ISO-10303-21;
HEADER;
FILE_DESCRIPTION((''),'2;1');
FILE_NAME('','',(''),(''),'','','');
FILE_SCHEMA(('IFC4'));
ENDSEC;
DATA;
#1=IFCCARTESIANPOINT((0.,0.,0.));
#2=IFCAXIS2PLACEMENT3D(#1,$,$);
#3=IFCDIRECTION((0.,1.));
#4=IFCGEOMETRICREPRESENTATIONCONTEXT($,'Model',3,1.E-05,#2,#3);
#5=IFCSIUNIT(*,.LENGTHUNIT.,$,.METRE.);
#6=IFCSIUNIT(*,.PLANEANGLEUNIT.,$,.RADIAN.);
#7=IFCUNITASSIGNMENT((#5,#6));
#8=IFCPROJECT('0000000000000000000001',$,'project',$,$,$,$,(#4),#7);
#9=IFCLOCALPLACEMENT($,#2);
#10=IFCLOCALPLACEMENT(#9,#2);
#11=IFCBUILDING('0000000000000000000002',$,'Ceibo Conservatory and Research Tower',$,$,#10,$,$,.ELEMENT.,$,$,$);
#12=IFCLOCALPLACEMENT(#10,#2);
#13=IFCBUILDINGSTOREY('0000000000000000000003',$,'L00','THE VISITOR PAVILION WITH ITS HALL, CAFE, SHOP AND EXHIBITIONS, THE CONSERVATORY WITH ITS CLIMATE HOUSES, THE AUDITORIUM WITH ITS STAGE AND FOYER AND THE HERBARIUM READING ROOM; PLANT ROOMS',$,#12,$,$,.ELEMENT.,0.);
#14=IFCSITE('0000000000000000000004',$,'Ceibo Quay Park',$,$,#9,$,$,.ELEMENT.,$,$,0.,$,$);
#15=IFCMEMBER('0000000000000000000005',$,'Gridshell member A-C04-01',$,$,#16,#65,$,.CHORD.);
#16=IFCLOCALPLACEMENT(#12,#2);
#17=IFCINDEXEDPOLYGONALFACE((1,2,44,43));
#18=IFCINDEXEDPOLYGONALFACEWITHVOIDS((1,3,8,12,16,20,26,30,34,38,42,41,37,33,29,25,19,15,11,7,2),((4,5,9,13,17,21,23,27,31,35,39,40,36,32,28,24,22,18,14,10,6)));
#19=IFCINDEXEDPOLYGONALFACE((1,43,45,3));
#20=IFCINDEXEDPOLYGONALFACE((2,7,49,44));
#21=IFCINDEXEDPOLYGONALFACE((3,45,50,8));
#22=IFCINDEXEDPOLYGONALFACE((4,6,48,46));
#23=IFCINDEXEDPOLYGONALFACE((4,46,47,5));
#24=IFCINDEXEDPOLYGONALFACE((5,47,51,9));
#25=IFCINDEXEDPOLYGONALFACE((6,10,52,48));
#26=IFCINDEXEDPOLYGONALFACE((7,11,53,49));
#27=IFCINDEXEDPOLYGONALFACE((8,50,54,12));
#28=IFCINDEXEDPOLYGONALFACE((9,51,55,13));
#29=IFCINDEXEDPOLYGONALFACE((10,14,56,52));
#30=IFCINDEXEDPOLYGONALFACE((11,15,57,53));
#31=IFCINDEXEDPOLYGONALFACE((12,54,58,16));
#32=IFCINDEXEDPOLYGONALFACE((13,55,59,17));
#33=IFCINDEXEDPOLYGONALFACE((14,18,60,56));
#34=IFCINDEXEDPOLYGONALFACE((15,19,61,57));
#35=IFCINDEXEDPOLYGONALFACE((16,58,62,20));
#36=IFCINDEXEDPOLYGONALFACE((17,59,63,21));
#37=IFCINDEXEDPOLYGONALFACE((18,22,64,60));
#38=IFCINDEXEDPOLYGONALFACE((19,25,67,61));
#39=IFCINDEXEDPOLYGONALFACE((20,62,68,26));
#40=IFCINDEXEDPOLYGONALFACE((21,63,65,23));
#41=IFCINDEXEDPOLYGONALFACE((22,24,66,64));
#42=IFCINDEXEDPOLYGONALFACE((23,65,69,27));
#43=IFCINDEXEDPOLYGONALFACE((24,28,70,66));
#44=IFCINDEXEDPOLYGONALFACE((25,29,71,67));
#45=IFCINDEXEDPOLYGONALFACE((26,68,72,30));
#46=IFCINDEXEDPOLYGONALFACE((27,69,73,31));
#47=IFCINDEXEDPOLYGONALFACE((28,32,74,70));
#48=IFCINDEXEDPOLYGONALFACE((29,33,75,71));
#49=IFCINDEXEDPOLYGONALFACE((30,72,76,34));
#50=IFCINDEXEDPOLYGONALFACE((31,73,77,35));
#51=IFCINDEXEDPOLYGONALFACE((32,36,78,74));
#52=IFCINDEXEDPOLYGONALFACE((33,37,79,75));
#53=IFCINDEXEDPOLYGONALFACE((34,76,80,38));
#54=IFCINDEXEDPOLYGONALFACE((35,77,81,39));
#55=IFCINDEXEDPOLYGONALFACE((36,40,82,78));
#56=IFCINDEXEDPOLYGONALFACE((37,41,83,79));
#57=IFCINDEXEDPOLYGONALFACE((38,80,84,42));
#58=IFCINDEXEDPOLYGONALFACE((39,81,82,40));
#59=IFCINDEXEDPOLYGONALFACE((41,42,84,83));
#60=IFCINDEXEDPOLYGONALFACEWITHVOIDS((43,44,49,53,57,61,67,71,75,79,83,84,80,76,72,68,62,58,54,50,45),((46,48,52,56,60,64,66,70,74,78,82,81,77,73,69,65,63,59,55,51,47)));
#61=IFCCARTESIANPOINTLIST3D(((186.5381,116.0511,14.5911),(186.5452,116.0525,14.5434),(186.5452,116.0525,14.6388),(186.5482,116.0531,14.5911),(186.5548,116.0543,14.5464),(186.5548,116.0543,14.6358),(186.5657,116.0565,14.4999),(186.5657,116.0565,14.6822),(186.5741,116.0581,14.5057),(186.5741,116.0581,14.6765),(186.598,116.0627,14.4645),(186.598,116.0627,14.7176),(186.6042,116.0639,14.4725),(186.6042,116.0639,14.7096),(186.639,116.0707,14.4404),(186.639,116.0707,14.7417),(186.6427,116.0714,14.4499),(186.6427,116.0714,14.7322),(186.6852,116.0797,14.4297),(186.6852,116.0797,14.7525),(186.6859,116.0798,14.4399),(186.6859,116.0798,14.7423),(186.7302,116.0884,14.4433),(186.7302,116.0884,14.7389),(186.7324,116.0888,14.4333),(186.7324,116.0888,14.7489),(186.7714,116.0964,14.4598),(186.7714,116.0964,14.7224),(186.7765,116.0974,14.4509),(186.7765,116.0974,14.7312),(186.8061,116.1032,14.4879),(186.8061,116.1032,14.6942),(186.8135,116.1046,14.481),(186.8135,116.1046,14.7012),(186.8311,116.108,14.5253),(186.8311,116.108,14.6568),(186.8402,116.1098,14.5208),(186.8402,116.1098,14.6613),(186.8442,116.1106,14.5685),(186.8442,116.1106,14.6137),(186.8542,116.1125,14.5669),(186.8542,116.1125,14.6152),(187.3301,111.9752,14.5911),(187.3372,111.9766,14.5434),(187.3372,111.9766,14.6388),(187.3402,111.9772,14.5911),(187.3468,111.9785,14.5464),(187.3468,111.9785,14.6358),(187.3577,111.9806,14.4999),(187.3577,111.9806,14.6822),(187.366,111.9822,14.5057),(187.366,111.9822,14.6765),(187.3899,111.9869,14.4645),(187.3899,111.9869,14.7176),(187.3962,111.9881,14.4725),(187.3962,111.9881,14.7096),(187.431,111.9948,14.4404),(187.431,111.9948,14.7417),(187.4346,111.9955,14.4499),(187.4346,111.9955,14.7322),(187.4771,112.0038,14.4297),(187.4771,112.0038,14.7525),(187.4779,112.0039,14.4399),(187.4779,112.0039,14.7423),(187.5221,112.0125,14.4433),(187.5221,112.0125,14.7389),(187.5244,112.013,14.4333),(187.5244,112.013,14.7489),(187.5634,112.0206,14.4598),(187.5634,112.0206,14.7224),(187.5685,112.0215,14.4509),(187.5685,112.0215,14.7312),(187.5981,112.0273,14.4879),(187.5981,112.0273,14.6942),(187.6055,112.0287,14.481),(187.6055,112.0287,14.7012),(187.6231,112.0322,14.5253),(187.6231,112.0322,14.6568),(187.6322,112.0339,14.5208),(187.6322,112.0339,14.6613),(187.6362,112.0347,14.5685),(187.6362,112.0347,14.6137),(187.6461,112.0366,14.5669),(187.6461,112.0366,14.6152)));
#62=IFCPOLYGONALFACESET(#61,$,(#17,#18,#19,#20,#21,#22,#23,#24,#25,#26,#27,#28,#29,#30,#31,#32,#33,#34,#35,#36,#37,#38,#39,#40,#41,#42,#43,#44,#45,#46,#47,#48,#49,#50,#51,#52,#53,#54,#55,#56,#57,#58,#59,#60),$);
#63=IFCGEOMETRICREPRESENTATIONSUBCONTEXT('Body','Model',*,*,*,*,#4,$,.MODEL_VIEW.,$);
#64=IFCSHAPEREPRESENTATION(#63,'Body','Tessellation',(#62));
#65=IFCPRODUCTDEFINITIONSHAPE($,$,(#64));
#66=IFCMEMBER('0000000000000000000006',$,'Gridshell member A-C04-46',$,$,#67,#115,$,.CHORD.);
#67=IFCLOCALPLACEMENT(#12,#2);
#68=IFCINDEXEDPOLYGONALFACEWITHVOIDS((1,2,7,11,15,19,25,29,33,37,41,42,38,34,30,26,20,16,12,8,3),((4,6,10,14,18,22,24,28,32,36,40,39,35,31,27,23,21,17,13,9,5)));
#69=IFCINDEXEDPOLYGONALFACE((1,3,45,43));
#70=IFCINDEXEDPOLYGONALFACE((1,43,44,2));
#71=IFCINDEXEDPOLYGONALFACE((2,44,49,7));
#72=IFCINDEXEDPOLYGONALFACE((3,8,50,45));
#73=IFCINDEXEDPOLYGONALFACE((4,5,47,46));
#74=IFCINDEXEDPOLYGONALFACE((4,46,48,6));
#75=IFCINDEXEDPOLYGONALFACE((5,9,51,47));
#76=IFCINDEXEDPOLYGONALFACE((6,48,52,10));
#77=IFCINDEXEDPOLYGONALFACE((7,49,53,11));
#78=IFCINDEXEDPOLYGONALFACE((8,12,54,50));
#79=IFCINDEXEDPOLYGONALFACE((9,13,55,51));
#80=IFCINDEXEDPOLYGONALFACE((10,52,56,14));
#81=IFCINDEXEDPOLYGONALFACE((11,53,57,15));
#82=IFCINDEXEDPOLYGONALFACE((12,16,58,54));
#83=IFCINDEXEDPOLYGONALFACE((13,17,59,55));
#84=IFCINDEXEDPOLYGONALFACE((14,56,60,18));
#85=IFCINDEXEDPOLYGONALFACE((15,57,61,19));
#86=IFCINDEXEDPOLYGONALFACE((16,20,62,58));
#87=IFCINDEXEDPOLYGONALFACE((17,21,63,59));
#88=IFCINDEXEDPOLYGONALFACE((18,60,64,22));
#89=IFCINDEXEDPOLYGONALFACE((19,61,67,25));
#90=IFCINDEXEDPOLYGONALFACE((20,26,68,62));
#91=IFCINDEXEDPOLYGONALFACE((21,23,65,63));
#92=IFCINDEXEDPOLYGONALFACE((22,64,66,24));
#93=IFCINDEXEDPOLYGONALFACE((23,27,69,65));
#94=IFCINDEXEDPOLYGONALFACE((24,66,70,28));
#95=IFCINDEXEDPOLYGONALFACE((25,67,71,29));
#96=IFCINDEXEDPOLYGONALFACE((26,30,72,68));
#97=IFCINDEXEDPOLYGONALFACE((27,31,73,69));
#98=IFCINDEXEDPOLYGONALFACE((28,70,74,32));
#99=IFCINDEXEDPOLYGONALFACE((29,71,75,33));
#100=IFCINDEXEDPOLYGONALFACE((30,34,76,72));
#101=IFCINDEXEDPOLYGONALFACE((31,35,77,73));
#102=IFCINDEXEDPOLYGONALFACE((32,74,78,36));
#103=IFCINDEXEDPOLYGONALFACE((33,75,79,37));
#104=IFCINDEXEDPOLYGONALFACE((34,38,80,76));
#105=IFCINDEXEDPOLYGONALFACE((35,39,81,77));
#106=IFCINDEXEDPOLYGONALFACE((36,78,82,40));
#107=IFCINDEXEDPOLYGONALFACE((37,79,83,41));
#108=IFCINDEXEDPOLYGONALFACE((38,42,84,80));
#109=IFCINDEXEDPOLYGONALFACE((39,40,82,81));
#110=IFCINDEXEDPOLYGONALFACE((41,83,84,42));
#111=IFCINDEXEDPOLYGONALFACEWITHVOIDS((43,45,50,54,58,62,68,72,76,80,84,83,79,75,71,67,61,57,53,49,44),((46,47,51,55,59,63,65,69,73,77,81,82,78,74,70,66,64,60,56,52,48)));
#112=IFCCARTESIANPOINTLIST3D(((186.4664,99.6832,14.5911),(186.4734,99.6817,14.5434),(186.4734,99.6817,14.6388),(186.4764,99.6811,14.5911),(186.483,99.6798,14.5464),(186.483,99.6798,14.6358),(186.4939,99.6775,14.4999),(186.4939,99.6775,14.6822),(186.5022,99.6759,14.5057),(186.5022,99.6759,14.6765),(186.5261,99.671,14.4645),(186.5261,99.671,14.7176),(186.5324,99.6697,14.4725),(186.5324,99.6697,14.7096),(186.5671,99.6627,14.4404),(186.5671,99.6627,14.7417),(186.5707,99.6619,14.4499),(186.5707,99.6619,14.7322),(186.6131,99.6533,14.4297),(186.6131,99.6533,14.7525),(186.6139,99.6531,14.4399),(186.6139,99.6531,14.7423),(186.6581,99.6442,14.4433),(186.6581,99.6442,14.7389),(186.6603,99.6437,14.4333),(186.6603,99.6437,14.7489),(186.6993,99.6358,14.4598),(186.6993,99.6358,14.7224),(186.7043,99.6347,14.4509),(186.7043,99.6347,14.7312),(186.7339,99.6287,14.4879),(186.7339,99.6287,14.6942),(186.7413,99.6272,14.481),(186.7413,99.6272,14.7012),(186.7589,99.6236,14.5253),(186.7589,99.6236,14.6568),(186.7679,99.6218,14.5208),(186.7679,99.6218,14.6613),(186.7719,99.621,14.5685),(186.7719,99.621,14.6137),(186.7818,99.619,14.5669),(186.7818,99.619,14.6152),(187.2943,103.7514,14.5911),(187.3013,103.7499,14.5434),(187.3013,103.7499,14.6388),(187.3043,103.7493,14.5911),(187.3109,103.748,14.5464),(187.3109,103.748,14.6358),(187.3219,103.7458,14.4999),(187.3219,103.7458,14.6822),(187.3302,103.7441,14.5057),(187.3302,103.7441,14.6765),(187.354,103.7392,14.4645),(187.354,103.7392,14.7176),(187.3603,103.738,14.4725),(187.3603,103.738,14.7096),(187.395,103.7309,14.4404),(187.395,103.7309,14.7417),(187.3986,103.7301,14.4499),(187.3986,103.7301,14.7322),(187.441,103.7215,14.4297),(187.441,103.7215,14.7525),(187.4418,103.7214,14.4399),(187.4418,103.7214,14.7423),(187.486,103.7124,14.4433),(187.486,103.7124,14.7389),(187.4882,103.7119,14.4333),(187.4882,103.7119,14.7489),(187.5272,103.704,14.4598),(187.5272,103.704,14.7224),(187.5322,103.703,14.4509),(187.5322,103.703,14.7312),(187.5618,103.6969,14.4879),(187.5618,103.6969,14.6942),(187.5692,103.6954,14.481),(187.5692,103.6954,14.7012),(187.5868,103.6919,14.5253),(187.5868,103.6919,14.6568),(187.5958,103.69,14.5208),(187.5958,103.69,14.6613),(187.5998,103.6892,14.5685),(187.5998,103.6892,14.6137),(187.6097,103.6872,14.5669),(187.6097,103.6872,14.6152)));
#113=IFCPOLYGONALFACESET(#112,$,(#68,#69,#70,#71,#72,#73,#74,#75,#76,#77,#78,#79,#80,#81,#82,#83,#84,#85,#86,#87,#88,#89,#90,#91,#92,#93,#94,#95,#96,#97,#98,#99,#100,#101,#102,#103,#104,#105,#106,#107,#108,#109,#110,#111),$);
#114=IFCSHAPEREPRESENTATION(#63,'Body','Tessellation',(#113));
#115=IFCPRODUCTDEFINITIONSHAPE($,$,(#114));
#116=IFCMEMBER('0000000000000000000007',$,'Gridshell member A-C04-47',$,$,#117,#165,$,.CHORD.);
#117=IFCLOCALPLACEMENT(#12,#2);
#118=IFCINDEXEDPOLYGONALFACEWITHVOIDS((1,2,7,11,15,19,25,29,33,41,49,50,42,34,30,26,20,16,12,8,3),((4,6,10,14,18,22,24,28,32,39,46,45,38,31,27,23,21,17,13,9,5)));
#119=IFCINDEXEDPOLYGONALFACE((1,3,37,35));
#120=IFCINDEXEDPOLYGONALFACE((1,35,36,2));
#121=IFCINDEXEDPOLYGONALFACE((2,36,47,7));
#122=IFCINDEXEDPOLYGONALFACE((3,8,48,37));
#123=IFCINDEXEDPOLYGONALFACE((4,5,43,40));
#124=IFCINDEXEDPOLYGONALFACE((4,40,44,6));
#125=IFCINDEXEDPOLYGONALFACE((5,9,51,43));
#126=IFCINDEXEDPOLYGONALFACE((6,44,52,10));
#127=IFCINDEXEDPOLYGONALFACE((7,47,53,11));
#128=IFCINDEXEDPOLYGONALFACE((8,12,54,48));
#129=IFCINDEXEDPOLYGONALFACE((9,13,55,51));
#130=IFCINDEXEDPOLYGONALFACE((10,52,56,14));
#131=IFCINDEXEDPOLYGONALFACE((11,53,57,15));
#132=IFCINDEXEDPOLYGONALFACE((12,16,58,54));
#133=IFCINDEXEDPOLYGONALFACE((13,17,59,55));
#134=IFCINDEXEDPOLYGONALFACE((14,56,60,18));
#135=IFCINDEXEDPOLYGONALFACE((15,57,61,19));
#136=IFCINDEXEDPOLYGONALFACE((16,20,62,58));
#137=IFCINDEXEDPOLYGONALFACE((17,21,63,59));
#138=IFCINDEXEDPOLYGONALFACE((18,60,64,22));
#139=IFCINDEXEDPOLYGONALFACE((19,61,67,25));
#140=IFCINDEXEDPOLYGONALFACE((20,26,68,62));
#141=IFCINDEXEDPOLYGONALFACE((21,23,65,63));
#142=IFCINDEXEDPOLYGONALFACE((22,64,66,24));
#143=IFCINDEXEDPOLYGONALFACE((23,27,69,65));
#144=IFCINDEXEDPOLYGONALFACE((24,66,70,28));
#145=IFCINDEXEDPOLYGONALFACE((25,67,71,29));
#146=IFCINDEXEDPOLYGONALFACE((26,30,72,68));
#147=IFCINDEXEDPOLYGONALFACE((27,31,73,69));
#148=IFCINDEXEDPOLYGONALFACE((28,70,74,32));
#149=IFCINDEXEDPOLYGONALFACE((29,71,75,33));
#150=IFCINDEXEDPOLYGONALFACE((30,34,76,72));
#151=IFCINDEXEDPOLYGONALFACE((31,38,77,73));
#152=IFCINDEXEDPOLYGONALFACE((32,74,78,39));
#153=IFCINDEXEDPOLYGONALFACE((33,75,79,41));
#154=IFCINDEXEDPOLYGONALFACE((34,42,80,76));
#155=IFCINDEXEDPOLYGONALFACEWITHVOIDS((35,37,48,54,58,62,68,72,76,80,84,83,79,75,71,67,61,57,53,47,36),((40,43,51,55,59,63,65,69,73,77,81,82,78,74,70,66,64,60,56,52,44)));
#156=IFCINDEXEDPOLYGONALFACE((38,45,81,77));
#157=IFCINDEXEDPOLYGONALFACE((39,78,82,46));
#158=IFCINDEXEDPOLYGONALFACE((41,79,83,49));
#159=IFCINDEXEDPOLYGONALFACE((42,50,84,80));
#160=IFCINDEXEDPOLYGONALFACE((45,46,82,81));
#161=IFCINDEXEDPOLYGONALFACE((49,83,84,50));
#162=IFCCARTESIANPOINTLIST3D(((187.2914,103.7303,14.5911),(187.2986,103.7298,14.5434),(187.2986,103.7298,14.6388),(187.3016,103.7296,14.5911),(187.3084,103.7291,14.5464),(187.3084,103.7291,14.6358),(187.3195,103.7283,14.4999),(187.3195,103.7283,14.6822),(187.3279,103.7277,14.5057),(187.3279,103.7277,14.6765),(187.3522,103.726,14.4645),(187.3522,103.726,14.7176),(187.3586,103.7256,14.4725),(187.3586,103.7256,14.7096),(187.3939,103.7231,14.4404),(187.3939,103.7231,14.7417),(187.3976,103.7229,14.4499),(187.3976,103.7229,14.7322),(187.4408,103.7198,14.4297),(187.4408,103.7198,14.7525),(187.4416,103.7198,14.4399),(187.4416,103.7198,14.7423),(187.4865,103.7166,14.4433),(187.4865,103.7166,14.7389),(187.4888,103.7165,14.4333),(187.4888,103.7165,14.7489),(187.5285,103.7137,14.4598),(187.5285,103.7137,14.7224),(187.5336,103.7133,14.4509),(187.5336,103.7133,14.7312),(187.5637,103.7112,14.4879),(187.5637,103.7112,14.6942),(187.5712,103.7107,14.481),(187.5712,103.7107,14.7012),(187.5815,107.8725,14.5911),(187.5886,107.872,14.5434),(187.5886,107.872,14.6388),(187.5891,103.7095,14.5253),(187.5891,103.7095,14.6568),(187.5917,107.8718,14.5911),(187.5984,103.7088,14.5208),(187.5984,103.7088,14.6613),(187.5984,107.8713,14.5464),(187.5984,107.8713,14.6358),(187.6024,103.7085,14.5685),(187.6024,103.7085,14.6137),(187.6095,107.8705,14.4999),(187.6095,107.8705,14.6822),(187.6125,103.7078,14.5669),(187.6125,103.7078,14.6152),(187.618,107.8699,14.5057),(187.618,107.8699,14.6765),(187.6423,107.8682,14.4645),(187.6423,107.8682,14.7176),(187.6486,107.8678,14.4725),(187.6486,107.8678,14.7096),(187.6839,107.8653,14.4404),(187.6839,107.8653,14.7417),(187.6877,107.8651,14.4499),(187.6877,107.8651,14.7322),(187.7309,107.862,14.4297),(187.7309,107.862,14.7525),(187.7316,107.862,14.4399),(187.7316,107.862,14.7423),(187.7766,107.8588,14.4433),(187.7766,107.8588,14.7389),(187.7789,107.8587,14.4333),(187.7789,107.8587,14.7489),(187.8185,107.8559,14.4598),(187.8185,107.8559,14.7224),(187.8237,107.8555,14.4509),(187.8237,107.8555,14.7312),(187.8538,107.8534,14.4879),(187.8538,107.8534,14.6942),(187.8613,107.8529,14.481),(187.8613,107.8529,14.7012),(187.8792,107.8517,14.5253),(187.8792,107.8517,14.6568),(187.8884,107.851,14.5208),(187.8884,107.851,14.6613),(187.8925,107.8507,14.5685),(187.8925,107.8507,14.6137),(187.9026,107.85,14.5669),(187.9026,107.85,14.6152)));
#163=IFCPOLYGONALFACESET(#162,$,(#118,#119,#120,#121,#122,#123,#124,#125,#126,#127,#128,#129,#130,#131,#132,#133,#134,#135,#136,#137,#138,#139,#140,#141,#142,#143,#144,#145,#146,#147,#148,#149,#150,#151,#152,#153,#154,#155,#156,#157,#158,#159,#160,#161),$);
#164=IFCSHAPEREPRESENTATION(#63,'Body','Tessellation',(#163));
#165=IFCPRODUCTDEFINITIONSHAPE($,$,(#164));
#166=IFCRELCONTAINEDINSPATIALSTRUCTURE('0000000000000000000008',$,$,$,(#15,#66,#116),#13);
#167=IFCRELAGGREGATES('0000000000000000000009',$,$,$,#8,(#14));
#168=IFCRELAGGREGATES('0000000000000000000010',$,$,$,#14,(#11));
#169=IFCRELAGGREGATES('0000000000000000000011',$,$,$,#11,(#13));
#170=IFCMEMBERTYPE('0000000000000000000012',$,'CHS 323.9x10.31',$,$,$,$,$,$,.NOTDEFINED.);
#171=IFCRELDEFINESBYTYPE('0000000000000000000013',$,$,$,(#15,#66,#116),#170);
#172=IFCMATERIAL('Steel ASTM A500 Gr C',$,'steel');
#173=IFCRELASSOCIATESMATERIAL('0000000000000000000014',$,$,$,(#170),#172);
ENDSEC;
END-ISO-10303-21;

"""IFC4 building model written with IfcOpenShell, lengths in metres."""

from ifc_helpers import new_model, si_unit, direction, frame, origin, origin_2d, place, context, subcontext, project, spatial, hollow_circle, extrude, material, material_profile, profile_set, type_object, element, save


model = new_model("IFC4")

# Units and contexts
model_context = context("Model", 3, precision=1e-05, world=origin(), true_north=direction((0.0, 1.0)))
body_context = subcontext(model_context, "Body", "Model", "MODEL_VIEW")
ifc_project = project(units=[si_unit("LENGTHUNIT", "METRE"), si_unit("PLANEANGLEUNIT", "RADIAN")], contexts=[model_context])

# Site, building, storey
site_placement = place(None, origin())
site = spatial("IfcSite", under=ifc_project, at=site_placement, Name="Ceibo Quay Park", CompositionType="ELEMENT", RefElevation=0.0)
building_placement = place(site_placement, origin())
building = spatial("IfcBuilding", under=site, at=building_placement, Name="Ceibo Conservatory and Research Tower", CompositionType="ELEMENT")
storey_placement = place(building_placement, origin())
storey = spatial("IfcBuildingStorey", under=building, at=storey_placement, Name="L00", Description="THE VISITOR PAVILION WITH ITS HALL, CAFE, SHOP AND EXHIBITIONS, THE CONSERVATORY WITH ITS CLIMATE HOUSES, THE AUDITORIUM WITH ITS STAGE AND FOYER AND THE HERBARIUM READING ROOM; PLANT ROOMS", CompositionType="ELEMENT", Elevation=0.0)

# Members
ifc_material_1 = material(Name="Steel ASTM A500 Gr C", Category="steel")
ifc_material_profile_1 = material_profile(ifc_material_1, hollow_circle(Radius=0.1619, WallThickness=0.0103, at=origin_2d()), Name="CHS 323.9x10.31")
ifc_profile_set_1 = profile_set([ifc_material_profile_1], Name="Steel ASTM A500 Gr C")
member_type_1 = type_object("IfcMemberType", Name="CHS 323.9x10.31", PredefinedType="NOTDEFINED", material=ifc_profile_set_1)
member_1_placement = place(storey_placement, frame((187.489, 112.0061, 14.5911), z_axis=(-0.190742, 0.98164, 0.0), x_axis=(-0.98164, -0.190742, 0.0)))
element("IfcMember", 1, at=member_1_placement, inside=storey, type_object=member_type_1, Name="Gridshell member A-C04-01", PredefinedType="CHORD", context=body_context, shape_type="SweptSolid", body=[
    extrude(hollow_circle(Radius=0.1619, WallThickness=0.0103, at=origin_2d()), origin(), (0.0, 0.0, 1.0), 4.1521),
])
member_2_placement = place(storey_placement, frame((186.625, 99.6509, 14.5911), z_axis=(0.199417, 0.979915, 0.0), x_axis=(-0.979915, 0.199417, 0.0)))
element("IfcMember", 2, at=member_2_placement, inside=storey, type_object=member_type_1, Name="Gridshell member A-C04-46", PredefinedType="CHORD", context=body_context, shape_type="SweptSolid", body=[
    extrude(hollow_circle(Radius=0.1619, WallThickness=0.0103, at=origin_2d()), origin(), (0.0, 0.0, 1.0), 4.1516),
])
member_3_placement = place(storey_placement, frame((187.4529, 103.719, 14.5911), z_axis=(0.069851, 0.997557, 0.0), x_axis=(-0.997557, 0.069851, 0.0)))
element("IfcMember", 3, at=member_3_placement, inside=storey, type_object=member_type_1, Name="Gridshell member A-C04-47", PredefinedType="CHORD", context=body_context, shape_type="SweptSolid", body=[
    extrude(hollow_circle(Radius=0.1619, WallThickness=0.0103, at=origin_2d()), origin(), (0.0, 0.0, 1.0), 4.1523),
])

save(model, "model.ifc")
